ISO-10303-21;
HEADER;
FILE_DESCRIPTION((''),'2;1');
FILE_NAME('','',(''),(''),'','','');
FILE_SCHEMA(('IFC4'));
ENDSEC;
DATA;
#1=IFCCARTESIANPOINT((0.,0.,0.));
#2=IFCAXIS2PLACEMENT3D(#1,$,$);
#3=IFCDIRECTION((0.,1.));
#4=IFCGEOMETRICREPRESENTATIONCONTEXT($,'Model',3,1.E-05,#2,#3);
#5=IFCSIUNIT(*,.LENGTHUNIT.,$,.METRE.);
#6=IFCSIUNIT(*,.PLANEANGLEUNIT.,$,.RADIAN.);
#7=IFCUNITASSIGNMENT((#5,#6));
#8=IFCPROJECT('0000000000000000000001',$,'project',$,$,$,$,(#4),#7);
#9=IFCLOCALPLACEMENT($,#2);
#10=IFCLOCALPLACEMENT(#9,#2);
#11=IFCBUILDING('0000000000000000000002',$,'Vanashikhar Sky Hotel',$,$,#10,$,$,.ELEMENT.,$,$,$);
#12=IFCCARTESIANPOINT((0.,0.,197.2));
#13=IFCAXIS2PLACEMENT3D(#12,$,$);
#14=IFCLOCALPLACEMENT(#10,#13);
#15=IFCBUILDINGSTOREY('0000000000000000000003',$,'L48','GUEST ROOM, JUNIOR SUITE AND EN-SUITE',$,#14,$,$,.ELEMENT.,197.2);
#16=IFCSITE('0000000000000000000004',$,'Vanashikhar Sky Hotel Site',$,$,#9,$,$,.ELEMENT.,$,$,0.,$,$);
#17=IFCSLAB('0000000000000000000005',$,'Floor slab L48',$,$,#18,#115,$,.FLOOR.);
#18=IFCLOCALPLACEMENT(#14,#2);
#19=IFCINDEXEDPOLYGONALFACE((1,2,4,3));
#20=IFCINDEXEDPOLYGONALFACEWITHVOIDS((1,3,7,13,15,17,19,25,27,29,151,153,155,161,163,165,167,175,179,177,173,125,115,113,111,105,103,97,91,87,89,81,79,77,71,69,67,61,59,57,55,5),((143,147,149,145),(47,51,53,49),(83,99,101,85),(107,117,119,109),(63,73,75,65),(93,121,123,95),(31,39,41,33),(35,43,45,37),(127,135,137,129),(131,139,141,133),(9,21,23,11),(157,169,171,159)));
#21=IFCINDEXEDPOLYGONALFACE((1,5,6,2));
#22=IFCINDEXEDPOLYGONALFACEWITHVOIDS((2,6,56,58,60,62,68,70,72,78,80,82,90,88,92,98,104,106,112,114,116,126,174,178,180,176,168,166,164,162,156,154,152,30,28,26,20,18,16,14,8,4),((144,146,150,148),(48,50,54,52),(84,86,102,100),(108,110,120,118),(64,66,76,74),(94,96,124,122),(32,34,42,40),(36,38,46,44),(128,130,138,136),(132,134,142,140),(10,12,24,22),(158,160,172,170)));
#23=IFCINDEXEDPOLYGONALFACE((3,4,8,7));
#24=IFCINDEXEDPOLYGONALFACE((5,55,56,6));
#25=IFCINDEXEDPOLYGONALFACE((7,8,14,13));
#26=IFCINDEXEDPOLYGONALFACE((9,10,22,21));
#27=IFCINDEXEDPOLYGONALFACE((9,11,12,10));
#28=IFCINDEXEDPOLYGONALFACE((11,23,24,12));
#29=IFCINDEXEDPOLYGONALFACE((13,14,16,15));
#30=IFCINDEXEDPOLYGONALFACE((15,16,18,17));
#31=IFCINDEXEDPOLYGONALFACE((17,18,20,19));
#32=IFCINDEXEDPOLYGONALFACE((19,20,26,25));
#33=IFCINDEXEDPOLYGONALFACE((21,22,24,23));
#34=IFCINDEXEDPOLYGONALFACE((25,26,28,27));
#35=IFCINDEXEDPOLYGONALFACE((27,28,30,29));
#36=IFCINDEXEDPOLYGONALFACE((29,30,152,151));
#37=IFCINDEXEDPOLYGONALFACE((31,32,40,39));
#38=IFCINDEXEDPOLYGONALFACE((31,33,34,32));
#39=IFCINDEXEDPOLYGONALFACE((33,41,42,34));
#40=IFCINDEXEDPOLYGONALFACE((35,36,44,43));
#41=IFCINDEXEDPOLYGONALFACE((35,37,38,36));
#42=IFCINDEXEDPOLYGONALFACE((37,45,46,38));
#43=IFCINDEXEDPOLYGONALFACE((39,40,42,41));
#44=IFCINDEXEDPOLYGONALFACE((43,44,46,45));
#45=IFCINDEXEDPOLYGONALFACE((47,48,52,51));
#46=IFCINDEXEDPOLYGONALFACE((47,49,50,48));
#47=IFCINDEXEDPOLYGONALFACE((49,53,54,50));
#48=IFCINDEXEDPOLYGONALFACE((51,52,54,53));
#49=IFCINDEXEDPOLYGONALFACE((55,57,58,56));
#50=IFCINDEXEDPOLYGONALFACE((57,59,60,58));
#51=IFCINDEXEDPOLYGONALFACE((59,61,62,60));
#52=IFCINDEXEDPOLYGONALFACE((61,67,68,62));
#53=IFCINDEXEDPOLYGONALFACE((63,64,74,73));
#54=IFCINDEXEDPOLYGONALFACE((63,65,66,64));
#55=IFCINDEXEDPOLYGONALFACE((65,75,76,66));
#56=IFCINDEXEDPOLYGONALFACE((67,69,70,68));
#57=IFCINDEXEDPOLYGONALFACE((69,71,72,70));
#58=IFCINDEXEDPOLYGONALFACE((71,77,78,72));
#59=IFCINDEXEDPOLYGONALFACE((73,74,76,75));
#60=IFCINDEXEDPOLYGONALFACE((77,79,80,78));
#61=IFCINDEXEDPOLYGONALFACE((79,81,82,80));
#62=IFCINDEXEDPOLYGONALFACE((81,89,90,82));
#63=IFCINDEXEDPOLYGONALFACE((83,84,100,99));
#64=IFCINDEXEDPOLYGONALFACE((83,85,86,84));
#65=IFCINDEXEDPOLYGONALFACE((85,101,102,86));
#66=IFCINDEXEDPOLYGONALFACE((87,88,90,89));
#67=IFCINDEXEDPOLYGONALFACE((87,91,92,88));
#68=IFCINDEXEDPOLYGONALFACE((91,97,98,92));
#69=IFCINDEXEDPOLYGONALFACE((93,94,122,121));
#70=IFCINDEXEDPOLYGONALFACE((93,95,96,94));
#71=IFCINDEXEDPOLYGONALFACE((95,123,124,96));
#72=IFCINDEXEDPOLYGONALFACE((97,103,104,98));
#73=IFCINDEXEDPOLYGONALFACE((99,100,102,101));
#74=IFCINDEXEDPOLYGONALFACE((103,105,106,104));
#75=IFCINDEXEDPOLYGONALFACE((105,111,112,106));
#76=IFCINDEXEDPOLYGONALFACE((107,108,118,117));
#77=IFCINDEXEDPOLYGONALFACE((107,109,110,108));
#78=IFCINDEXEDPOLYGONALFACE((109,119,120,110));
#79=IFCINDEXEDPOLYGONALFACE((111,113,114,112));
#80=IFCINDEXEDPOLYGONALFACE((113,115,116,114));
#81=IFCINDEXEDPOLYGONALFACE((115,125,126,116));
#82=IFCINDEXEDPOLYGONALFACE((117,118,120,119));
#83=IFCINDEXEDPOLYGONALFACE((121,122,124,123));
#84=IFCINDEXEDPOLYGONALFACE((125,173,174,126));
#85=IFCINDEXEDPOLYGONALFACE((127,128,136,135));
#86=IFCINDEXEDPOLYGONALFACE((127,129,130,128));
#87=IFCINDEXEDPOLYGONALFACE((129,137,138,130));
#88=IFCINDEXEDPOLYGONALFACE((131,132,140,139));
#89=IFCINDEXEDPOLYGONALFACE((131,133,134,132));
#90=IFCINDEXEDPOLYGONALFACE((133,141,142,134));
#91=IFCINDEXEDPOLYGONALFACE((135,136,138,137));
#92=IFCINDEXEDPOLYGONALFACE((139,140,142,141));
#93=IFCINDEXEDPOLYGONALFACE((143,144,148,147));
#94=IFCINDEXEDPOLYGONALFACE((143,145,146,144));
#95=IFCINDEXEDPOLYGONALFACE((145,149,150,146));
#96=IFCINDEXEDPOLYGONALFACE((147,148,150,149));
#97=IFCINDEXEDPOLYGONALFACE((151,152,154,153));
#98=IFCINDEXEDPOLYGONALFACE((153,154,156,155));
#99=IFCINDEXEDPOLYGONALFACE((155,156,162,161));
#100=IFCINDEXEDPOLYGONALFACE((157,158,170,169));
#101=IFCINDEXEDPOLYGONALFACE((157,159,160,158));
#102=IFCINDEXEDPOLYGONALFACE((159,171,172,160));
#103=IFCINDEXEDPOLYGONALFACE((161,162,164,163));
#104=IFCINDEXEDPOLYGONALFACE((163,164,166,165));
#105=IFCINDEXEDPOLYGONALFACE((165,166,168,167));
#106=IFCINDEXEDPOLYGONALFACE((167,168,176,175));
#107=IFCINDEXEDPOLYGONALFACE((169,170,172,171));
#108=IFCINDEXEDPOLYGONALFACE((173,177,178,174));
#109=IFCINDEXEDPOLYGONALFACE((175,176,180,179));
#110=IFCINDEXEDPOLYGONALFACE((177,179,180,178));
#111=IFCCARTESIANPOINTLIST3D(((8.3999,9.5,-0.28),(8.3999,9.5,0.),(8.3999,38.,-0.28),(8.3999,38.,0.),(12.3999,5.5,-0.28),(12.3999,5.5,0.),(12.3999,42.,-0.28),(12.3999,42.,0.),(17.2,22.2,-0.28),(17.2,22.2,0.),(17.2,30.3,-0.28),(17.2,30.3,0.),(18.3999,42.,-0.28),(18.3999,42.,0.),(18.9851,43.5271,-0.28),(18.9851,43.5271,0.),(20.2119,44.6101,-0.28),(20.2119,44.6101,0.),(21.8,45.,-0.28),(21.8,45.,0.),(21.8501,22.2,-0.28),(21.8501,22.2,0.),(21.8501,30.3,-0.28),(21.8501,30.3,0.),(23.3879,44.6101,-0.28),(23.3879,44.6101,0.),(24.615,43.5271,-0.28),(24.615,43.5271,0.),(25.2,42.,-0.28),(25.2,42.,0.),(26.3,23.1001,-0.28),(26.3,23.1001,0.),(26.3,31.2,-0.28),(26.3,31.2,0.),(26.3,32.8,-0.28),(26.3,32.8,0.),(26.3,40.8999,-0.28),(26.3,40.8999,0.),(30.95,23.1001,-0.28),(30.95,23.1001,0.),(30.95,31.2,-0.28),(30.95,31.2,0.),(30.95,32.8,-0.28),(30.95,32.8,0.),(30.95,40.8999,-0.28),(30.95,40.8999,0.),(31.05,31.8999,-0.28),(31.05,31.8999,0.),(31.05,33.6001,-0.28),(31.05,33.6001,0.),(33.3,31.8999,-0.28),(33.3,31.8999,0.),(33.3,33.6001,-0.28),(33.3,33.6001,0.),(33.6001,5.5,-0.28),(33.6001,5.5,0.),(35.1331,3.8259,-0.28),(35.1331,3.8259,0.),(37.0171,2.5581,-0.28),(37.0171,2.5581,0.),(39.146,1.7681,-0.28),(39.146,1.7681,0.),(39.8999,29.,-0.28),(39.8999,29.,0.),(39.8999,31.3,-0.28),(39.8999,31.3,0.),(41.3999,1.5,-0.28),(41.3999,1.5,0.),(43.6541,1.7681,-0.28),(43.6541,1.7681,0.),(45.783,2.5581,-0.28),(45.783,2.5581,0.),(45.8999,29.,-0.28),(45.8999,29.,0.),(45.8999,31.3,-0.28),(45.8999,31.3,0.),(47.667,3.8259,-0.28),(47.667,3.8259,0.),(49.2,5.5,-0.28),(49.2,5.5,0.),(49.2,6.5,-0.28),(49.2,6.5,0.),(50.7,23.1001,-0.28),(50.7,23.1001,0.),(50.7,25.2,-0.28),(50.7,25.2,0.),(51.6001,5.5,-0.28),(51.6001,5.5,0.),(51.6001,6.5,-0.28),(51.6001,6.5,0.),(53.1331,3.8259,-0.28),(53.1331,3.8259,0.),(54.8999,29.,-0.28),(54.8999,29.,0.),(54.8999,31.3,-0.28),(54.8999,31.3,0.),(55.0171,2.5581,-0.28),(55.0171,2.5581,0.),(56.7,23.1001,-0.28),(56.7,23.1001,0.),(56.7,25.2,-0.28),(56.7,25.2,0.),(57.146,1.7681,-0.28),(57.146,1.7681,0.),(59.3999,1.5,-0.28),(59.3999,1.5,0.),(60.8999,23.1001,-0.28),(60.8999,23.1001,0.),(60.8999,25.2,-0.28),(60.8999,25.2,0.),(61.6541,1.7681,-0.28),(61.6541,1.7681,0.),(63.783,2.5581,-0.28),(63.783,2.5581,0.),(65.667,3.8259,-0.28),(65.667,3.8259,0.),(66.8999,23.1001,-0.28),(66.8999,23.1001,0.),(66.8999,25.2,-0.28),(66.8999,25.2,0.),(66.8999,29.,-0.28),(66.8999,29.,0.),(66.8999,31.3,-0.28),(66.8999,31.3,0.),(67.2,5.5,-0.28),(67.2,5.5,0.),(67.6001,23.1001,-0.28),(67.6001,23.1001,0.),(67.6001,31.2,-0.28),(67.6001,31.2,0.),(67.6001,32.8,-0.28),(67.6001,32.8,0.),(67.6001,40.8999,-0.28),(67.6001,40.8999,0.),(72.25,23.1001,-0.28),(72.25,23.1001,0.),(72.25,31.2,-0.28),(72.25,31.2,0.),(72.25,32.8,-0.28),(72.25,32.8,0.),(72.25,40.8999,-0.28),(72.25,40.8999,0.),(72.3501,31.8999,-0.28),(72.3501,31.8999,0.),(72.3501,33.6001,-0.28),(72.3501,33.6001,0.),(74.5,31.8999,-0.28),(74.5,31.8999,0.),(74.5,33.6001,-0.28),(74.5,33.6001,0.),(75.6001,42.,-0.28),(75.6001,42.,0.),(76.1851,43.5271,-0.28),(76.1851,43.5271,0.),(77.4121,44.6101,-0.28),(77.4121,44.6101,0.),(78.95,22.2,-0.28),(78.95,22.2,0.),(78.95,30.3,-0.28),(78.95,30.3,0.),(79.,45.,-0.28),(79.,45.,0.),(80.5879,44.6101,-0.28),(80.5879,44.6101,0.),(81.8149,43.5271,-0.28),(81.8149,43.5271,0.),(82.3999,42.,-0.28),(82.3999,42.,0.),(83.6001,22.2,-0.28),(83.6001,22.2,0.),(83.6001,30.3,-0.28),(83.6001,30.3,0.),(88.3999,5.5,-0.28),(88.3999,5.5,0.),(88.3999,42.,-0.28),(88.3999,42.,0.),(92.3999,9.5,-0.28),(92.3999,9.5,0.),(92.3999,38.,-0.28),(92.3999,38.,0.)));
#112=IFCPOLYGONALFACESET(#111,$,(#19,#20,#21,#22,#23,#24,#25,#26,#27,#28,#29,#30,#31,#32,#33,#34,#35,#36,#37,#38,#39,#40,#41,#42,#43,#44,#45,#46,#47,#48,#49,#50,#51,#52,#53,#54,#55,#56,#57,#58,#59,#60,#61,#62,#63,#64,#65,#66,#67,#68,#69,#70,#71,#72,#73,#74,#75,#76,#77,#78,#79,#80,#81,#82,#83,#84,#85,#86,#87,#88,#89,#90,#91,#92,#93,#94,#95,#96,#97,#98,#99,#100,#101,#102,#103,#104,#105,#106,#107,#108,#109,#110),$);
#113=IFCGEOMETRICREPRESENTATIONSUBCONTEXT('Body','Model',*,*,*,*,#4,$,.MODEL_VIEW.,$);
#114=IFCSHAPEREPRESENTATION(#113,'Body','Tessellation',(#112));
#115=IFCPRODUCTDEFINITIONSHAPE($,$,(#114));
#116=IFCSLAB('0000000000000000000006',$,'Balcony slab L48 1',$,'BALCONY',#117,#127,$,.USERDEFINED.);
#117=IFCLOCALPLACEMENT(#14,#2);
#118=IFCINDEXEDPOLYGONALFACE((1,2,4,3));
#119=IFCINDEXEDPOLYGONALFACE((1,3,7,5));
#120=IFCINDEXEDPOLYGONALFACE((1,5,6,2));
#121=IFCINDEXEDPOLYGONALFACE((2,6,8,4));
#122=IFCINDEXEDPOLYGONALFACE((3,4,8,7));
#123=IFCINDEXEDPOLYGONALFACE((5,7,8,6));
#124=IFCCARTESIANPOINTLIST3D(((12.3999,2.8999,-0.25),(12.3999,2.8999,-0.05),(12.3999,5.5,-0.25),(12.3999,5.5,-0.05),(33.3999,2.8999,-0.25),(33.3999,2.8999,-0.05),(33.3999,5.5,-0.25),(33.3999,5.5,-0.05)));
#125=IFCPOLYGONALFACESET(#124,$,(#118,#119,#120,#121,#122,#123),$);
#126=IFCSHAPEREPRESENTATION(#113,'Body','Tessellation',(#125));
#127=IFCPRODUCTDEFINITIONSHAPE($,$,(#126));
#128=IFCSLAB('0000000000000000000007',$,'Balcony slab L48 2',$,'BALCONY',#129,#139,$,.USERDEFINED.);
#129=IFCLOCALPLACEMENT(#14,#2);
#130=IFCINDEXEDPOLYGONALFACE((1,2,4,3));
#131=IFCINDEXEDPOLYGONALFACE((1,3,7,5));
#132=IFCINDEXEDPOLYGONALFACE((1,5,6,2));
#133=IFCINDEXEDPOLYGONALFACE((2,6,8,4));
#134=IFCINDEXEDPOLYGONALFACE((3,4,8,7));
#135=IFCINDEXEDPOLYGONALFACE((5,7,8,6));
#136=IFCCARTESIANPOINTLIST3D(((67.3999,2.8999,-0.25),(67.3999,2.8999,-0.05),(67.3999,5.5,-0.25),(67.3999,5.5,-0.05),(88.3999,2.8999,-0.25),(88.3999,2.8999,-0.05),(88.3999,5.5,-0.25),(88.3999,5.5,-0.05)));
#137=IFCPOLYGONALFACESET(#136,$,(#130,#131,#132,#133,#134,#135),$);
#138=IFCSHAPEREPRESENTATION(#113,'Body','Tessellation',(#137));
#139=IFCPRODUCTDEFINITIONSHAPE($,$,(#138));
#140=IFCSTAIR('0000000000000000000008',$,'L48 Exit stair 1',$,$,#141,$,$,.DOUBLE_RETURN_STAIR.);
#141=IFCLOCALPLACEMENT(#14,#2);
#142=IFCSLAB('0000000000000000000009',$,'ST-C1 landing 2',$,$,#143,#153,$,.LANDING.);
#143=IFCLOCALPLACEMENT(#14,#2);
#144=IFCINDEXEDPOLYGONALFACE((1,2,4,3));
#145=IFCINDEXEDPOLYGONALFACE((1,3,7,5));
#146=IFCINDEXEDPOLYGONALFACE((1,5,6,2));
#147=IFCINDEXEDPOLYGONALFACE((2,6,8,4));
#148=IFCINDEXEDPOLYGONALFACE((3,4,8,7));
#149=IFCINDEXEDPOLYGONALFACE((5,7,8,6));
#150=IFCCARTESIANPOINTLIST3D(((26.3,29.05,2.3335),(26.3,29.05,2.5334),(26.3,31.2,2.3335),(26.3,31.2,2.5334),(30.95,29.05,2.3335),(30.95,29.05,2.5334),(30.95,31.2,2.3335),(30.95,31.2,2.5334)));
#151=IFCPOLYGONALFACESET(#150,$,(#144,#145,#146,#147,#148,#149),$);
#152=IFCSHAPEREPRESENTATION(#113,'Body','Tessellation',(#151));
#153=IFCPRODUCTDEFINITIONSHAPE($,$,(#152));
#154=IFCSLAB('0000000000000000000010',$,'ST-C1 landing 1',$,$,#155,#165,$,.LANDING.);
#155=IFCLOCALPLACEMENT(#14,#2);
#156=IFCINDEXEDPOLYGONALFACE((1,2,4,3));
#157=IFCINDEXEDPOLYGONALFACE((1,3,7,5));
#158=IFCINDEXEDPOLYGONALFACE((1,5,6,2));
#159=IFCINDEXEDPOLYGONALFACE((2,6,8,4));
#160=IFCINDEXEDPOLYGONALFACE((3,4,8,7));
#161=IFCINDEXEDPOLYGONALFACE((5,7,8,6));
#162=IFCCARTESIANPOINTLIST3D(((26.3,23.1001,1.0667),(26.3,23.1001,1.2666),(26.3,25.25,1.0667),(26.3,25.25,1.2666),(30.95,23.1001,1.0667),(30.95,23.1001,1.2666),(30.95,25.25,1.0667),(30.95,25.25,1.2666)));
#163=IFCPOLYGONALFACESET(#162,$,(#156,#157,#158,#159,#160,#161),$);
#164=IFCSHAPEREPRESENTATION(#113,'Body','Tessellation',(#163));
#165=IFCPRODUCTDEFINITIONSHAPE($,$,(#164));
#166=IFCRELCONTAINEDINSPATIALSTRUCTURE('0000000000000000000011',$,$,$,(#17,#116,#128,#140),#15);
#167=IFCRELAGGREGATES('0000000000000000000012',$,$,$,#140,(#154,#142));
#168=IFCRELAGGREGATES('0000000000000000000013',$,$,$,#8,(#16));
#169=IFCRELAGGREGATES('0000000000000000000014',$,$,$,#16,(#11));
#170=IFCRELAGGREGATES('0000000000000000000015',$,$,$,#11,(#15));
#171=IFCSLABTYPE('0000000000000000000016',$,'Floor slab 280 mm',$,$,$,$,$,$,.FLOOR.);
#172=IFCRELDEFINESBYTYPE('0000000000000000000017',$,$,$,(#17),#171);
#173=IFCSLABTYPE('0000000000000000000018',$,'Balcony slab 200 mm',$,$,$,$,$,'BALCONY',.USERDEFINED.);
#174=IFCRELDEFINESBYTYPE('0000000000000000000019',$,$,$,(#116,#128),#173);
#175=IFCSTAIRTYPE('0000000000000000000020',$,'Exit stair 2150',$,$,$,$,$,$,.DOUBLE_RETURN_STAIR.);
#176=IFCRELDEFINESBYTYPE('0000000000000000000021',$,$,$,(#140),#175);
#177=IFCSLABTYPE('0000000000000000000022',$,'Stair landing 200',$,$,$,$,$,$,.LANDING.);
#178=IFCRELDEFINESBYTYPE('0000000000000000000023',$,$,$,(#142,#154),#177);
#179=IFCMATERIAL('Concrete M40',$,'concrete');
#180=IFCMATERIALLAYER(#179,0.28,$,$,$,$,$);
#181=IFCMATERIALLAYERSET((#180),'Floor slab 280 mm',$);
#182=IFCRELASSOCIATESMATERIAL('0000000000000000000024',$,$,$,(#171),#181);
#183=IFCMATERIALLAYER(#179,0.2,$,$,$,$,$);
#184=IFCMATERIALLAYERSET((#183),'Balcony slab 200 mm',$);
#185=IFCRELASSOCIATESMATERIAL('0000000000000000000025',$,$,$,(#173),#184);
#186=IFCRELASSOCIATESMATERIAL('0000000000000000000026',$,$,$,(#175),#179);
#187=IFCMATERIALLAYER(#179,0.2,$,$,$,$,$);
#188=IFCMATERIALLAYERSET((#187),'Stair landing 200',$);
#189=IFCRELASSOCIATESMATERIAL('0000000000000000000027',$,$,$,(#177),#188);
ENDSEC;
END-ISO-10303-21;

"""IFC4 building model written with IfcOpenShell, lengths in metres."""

from ifc_helpers import new_model, si_unit, direction, frame, origin, place, context, subcontext, project, spatial, polyline, outline, extrude, source, transform, mapped, material, layer, layer_set, type_object, element, aggregate, save


model = new_model("IFC4")

# Units and contexts
model_context = context("Model", 3, precision=1e-05, world=origin(), true_north=direction((0.0, 1.0)))
body_context = subcontext(model_context, "Body", "Model", "MODEL_VIEW")
ifc_project = project(units=[si_unit("LENGTHUNIT", "METRE"), si_unit("PLANEANGLEUNIT", "RADIAN")], contexts=[model_context])

# Site, building, storey
site_placement = place(None, origin())
site = spatial("IfcSite", under=ifc_project, at=site_placement, Name="Vanashikhar Sky Hotel Site", CompositionType="ELEMENT", RefElevation=0.0)
building_placement = place(site_placement, origin())
building = spatial("IfcBuilding", under=site, at=building_placement, Name="Vanashikhar Sky Hotel", CompositionType="ELEMENT")
storey_placement = place(building_placement, frame((0.0, 0.0, 197.2)))
storey = spatial("IfcBuildingStorey", under=building, at=storey_placement, Name="L48", Description="GUEST ROOM, JUNIOR SUITE AND EN-SUITE", CompositionType="ELEMENT", Elevation=197.2)

# Slabs
ifc_material = material(Name="Concrete M40", Category="concrete")
ifc_layer_1 = layer(ifc_material, 0.28)
ifc_layer_set_1 = layer_set([ifc_layer_1], Name="Floor slab 280 mm")
slab_type_1 = type_object("IfcSlabType", Name="Floor slab 280 mm", PredefinedType="FLOOR", material=ifc_layer_set_1)
shared_shape_1 = source(origin(), body_context, "Body", "SweptSolid", [
    extrude(outline(polyline([(49.2, 5.5), (49.2, 6.5), (51.6001, 6.5), (51.6001, 5.5), (53.1331, 3.8259), (55.0171, 2.5581), (57.146, 1.7681), (59.3999, 1.5), (61.6541, 1.7681), (63.783, 2.5581), (65.667, 3.8259), (67.2, 5.5), (88.3999, 5.5), (92.3999, 9.5), (92.3999, 38.0), (88.3999, 42.0), (82.3999, 42.0), (81.8149, 43.5271), (80.5879, 44.6101), (79.0, 45.0), (77.4121, 44.6101), (76.1851, 43.5271), (75.6001, 42.0), (25.2, 42.0), (24.615, 43.5271), (23.3879, 44.6101), (21.8, 45.0), (20.2119, 44.6101), (18.9851, 43.5271), (18.3999, 42.0), (12.3999, 42.0), (8.3999, 38.0), (8.3999, 9.5), (12.3999, 5.5), (33.6001, 5.5), (35.1331, 3.8259), (37.0171, 2.5581), (39.146, 1.7681), (41.3999, 1.5), (43.6541, 1.7681), (45.783, 2.5581), (47.667, 3.8259), (49.2, 5.5)]), holes=[polyline([(33.3, 33.6001), (31.05, 33.6001), (31.05, 31.8999), (33.3, 31.8999), (33.3, 33.6001)]), polyline([(39.8999, 31.3), (39.8999, 29.0), (45.8999, 29.0), (45.8999, 31.3), (39.8999, 31.3)]), polyline([(50.7, 25.2), (50.7, 23.1001), (56.7, 23.1001), (56.7, 25.2), (50.7, 25.2)]), polyline([(66.8999, 29.0), (66.8999, 31.3), (54.8999, 31.3), (54.8999, 29.0), (66.8999, 29.0)]), polyline([(60.8999, 25.2), (60.8999, 23.1001), (66.8999, 23.1001), (66.8999, 25.2), (60.8999, 25.2)]), polyline([(74.5, 33.6001), (72.3501, 33.6001), (72.3501, 31.8999), (74.5, 31.8999), (74.5, 33.6001)]), polyline([(30.95, 23.1001), (30.95, 31.2), (26.3, 31.2), (26.3, 23.1001), (30.95, 23.1001)]), polyline([(72.25, 23.1001), (72.25, 31.2), (67.6001, 31.2), (67.6001, 23.1001), (72.25, 23.1001)]), polyline([(30.95, 32.8), (30.95, 40.8999), (26.3, 40.8999), (26.3, 32.8), (30.95, 32.8)]), polyline([(72.25, 32.8), (72.25, 40.8999), (67.6001, 40.8999), (67.6001, 32.8), (72.25, 32.8)]), polyline([(83.6001, 22.2), (83.6001, 30.3), (78.95, 30.3), (78.95, 22.2), (83.6001, 22.2)]), polyline([(21.8501, 22.2), (21.8501, 30.3), (17.2, 30.3), (17.2, 22.2), (21.8501, 22.2)])]), origin(), (0.0, 0.0, 1.0), 0.28),
])
slab_1_placement = place(storey_placement, frame((0.0, 0.0, -0.28)))
element("IfcSlab", 1, at=slab_1_placement, inside=storey, type_object=slab_type_1, Name="Floor slab L48", PredefinedType="FLOOR", context=body_context, shape_type="MappedRepresentation", body=[
    mapped(shared_shape_1, transform((0.0, 0.0, 0.0), scale=1.0)),
])
ifc_layer_2 = layer(ifc_material, 0.2)
ifc_layer_set_2 = layer_set([ifc_layer_2], Name="Balcony slab 200 mm")
slab_type_2 = type_object("IfcSlabType", Name="Balcony slab 200 mm", ElementType="BALCONY", PredefinedType="USERDEFINED", material=ifc_layer_set_2)
shared_shape_2 = source(origin(), body_context, "Body", "SweptSolid", [
    extrude(outline(polyline([(12.3999, 2.8999), (33.3999, 2.8999), (33.3999, 5.5), (12.3999, 5.5), (12.3999, 2.8999)])), origin(), (0.0, 0.0, 1.0), 0.2),
])
slab_2_placement = place(storey_placement, frame((0.0, 0.0, -0.25)))
element("IfcSlab", 2, at=slab_2_placement, inside=storey, type_object=slab_type_2, Name="Balcony slab L48 1", ObjectType="BALCONY", PredefinedType="USERDEFINED", context=body_context, shape_type="MappedRepresentation", body=[
    mapped(shared_shape_2, transform((0.0, 0.0, 0.0), scale=1.0)),
])
shared_shape_3 = source(origin(), body_context, "Body", "SweptSolid", [
    extrude(outline(polyline([(67.3999, 2.8999), (88.3999, 2.8999), (88.3999, 5.5), (67.3999, 5.5), (67.3999, 2.8999)])), origin(), (0.0, 0.0, 1.0), 0.2),
])
slab_3_placement = place(storey_placement, frame((0.0, 0.0, -0.25)))
element("IfcSlab", 3, at=slab_3_placement, inside=storey, type_object=slab_type_2, Name="Balcony slab L48 2", ObjectType="BALCONY", PredefinedType="USERDEFINED", context=body_context, shape_type="MappedRepresentation", body=[
    mapped(shared_shape_3, transform((0.0, 0.0, 0.0), scale=1.0)),
])

# Stair, slabs
stair_type = type_object("IfcStairType", Name="Exit stair 2150", PredefinedType="DOUBLE_RETURN_STAIR", material=ifc_material)
stair_1_placement = place(storey_placement, origin())
stair_1 = element("IfcStair", 4, at=stair_1_placement, inside=storey, type_object=stair_type, Name="L48 Exit stair 1", PredefinedType="DOUBLE_RETURN_STAIR")
ifc_layer_3 = layer(ifc_material, 0.2)
ifc_layer_set_3 = layer_set([ifc_layer_3], Name="Stair landing 200")
slab_type_3 = type_object("IfcSlabType", Name="Stair landing 200", PredefinedType="LANDING", material=ifc_layer_set_3)
shared_shape_4 = source(origin(), body_context, "Body", "SweptSolid", [
    extrude(outline(polyline([(30.95, 29.05), (30.95, 31.2), (26.3, 31.2), (26.3, 29.05), (30.95, 29.05)])), origin(), (0.0, 0.0, 1.0), 0.2),
])
slab_4_placement = place(storey_placement, frame((0.0, 0.0, 2.3335)))
slab_4 = element("IfcSlab", 5, at=slab_4_placement, type_object=slab_type_3, Name="ST-C1 landing 2", PredefinedType="LANDING", context=body_context, shape_type="MappedRepresentation", body=[
    mapped(shared_shape_4, transform((0.0, 0.0, 0.0), scale=1.0)),
])
shared_shape_5 = source(origin(), body_context, "Body", "SweptSolid", [
    extrude(outline(polyline([(30.95, 23.1001), (30.95, 25.25), (26.3, 25.25), (26.3, 23.1001), (30.95, 23.1001)])), origin(), (0.0, 0.0, 1.0), 0.2),
])
slab_5_placement = place(storey_placement, frame((0.0, 0.0, 1.0667)))
slab_5 = element("IfcSlab", 6, at=slab_5_placement, type_object=slab_type_3, Name="ST-C1 landing 1", PredefinedType="LANDING", context=body_context, shape_type="MappedRepresentation", body=[
    mapped(shared_shape_5, transform((0.0, 0.0, 0.0), scale=1.0)),
])
aggregate(stair_1, [slab_5, slab_4])

save(model, "model.ifc")
